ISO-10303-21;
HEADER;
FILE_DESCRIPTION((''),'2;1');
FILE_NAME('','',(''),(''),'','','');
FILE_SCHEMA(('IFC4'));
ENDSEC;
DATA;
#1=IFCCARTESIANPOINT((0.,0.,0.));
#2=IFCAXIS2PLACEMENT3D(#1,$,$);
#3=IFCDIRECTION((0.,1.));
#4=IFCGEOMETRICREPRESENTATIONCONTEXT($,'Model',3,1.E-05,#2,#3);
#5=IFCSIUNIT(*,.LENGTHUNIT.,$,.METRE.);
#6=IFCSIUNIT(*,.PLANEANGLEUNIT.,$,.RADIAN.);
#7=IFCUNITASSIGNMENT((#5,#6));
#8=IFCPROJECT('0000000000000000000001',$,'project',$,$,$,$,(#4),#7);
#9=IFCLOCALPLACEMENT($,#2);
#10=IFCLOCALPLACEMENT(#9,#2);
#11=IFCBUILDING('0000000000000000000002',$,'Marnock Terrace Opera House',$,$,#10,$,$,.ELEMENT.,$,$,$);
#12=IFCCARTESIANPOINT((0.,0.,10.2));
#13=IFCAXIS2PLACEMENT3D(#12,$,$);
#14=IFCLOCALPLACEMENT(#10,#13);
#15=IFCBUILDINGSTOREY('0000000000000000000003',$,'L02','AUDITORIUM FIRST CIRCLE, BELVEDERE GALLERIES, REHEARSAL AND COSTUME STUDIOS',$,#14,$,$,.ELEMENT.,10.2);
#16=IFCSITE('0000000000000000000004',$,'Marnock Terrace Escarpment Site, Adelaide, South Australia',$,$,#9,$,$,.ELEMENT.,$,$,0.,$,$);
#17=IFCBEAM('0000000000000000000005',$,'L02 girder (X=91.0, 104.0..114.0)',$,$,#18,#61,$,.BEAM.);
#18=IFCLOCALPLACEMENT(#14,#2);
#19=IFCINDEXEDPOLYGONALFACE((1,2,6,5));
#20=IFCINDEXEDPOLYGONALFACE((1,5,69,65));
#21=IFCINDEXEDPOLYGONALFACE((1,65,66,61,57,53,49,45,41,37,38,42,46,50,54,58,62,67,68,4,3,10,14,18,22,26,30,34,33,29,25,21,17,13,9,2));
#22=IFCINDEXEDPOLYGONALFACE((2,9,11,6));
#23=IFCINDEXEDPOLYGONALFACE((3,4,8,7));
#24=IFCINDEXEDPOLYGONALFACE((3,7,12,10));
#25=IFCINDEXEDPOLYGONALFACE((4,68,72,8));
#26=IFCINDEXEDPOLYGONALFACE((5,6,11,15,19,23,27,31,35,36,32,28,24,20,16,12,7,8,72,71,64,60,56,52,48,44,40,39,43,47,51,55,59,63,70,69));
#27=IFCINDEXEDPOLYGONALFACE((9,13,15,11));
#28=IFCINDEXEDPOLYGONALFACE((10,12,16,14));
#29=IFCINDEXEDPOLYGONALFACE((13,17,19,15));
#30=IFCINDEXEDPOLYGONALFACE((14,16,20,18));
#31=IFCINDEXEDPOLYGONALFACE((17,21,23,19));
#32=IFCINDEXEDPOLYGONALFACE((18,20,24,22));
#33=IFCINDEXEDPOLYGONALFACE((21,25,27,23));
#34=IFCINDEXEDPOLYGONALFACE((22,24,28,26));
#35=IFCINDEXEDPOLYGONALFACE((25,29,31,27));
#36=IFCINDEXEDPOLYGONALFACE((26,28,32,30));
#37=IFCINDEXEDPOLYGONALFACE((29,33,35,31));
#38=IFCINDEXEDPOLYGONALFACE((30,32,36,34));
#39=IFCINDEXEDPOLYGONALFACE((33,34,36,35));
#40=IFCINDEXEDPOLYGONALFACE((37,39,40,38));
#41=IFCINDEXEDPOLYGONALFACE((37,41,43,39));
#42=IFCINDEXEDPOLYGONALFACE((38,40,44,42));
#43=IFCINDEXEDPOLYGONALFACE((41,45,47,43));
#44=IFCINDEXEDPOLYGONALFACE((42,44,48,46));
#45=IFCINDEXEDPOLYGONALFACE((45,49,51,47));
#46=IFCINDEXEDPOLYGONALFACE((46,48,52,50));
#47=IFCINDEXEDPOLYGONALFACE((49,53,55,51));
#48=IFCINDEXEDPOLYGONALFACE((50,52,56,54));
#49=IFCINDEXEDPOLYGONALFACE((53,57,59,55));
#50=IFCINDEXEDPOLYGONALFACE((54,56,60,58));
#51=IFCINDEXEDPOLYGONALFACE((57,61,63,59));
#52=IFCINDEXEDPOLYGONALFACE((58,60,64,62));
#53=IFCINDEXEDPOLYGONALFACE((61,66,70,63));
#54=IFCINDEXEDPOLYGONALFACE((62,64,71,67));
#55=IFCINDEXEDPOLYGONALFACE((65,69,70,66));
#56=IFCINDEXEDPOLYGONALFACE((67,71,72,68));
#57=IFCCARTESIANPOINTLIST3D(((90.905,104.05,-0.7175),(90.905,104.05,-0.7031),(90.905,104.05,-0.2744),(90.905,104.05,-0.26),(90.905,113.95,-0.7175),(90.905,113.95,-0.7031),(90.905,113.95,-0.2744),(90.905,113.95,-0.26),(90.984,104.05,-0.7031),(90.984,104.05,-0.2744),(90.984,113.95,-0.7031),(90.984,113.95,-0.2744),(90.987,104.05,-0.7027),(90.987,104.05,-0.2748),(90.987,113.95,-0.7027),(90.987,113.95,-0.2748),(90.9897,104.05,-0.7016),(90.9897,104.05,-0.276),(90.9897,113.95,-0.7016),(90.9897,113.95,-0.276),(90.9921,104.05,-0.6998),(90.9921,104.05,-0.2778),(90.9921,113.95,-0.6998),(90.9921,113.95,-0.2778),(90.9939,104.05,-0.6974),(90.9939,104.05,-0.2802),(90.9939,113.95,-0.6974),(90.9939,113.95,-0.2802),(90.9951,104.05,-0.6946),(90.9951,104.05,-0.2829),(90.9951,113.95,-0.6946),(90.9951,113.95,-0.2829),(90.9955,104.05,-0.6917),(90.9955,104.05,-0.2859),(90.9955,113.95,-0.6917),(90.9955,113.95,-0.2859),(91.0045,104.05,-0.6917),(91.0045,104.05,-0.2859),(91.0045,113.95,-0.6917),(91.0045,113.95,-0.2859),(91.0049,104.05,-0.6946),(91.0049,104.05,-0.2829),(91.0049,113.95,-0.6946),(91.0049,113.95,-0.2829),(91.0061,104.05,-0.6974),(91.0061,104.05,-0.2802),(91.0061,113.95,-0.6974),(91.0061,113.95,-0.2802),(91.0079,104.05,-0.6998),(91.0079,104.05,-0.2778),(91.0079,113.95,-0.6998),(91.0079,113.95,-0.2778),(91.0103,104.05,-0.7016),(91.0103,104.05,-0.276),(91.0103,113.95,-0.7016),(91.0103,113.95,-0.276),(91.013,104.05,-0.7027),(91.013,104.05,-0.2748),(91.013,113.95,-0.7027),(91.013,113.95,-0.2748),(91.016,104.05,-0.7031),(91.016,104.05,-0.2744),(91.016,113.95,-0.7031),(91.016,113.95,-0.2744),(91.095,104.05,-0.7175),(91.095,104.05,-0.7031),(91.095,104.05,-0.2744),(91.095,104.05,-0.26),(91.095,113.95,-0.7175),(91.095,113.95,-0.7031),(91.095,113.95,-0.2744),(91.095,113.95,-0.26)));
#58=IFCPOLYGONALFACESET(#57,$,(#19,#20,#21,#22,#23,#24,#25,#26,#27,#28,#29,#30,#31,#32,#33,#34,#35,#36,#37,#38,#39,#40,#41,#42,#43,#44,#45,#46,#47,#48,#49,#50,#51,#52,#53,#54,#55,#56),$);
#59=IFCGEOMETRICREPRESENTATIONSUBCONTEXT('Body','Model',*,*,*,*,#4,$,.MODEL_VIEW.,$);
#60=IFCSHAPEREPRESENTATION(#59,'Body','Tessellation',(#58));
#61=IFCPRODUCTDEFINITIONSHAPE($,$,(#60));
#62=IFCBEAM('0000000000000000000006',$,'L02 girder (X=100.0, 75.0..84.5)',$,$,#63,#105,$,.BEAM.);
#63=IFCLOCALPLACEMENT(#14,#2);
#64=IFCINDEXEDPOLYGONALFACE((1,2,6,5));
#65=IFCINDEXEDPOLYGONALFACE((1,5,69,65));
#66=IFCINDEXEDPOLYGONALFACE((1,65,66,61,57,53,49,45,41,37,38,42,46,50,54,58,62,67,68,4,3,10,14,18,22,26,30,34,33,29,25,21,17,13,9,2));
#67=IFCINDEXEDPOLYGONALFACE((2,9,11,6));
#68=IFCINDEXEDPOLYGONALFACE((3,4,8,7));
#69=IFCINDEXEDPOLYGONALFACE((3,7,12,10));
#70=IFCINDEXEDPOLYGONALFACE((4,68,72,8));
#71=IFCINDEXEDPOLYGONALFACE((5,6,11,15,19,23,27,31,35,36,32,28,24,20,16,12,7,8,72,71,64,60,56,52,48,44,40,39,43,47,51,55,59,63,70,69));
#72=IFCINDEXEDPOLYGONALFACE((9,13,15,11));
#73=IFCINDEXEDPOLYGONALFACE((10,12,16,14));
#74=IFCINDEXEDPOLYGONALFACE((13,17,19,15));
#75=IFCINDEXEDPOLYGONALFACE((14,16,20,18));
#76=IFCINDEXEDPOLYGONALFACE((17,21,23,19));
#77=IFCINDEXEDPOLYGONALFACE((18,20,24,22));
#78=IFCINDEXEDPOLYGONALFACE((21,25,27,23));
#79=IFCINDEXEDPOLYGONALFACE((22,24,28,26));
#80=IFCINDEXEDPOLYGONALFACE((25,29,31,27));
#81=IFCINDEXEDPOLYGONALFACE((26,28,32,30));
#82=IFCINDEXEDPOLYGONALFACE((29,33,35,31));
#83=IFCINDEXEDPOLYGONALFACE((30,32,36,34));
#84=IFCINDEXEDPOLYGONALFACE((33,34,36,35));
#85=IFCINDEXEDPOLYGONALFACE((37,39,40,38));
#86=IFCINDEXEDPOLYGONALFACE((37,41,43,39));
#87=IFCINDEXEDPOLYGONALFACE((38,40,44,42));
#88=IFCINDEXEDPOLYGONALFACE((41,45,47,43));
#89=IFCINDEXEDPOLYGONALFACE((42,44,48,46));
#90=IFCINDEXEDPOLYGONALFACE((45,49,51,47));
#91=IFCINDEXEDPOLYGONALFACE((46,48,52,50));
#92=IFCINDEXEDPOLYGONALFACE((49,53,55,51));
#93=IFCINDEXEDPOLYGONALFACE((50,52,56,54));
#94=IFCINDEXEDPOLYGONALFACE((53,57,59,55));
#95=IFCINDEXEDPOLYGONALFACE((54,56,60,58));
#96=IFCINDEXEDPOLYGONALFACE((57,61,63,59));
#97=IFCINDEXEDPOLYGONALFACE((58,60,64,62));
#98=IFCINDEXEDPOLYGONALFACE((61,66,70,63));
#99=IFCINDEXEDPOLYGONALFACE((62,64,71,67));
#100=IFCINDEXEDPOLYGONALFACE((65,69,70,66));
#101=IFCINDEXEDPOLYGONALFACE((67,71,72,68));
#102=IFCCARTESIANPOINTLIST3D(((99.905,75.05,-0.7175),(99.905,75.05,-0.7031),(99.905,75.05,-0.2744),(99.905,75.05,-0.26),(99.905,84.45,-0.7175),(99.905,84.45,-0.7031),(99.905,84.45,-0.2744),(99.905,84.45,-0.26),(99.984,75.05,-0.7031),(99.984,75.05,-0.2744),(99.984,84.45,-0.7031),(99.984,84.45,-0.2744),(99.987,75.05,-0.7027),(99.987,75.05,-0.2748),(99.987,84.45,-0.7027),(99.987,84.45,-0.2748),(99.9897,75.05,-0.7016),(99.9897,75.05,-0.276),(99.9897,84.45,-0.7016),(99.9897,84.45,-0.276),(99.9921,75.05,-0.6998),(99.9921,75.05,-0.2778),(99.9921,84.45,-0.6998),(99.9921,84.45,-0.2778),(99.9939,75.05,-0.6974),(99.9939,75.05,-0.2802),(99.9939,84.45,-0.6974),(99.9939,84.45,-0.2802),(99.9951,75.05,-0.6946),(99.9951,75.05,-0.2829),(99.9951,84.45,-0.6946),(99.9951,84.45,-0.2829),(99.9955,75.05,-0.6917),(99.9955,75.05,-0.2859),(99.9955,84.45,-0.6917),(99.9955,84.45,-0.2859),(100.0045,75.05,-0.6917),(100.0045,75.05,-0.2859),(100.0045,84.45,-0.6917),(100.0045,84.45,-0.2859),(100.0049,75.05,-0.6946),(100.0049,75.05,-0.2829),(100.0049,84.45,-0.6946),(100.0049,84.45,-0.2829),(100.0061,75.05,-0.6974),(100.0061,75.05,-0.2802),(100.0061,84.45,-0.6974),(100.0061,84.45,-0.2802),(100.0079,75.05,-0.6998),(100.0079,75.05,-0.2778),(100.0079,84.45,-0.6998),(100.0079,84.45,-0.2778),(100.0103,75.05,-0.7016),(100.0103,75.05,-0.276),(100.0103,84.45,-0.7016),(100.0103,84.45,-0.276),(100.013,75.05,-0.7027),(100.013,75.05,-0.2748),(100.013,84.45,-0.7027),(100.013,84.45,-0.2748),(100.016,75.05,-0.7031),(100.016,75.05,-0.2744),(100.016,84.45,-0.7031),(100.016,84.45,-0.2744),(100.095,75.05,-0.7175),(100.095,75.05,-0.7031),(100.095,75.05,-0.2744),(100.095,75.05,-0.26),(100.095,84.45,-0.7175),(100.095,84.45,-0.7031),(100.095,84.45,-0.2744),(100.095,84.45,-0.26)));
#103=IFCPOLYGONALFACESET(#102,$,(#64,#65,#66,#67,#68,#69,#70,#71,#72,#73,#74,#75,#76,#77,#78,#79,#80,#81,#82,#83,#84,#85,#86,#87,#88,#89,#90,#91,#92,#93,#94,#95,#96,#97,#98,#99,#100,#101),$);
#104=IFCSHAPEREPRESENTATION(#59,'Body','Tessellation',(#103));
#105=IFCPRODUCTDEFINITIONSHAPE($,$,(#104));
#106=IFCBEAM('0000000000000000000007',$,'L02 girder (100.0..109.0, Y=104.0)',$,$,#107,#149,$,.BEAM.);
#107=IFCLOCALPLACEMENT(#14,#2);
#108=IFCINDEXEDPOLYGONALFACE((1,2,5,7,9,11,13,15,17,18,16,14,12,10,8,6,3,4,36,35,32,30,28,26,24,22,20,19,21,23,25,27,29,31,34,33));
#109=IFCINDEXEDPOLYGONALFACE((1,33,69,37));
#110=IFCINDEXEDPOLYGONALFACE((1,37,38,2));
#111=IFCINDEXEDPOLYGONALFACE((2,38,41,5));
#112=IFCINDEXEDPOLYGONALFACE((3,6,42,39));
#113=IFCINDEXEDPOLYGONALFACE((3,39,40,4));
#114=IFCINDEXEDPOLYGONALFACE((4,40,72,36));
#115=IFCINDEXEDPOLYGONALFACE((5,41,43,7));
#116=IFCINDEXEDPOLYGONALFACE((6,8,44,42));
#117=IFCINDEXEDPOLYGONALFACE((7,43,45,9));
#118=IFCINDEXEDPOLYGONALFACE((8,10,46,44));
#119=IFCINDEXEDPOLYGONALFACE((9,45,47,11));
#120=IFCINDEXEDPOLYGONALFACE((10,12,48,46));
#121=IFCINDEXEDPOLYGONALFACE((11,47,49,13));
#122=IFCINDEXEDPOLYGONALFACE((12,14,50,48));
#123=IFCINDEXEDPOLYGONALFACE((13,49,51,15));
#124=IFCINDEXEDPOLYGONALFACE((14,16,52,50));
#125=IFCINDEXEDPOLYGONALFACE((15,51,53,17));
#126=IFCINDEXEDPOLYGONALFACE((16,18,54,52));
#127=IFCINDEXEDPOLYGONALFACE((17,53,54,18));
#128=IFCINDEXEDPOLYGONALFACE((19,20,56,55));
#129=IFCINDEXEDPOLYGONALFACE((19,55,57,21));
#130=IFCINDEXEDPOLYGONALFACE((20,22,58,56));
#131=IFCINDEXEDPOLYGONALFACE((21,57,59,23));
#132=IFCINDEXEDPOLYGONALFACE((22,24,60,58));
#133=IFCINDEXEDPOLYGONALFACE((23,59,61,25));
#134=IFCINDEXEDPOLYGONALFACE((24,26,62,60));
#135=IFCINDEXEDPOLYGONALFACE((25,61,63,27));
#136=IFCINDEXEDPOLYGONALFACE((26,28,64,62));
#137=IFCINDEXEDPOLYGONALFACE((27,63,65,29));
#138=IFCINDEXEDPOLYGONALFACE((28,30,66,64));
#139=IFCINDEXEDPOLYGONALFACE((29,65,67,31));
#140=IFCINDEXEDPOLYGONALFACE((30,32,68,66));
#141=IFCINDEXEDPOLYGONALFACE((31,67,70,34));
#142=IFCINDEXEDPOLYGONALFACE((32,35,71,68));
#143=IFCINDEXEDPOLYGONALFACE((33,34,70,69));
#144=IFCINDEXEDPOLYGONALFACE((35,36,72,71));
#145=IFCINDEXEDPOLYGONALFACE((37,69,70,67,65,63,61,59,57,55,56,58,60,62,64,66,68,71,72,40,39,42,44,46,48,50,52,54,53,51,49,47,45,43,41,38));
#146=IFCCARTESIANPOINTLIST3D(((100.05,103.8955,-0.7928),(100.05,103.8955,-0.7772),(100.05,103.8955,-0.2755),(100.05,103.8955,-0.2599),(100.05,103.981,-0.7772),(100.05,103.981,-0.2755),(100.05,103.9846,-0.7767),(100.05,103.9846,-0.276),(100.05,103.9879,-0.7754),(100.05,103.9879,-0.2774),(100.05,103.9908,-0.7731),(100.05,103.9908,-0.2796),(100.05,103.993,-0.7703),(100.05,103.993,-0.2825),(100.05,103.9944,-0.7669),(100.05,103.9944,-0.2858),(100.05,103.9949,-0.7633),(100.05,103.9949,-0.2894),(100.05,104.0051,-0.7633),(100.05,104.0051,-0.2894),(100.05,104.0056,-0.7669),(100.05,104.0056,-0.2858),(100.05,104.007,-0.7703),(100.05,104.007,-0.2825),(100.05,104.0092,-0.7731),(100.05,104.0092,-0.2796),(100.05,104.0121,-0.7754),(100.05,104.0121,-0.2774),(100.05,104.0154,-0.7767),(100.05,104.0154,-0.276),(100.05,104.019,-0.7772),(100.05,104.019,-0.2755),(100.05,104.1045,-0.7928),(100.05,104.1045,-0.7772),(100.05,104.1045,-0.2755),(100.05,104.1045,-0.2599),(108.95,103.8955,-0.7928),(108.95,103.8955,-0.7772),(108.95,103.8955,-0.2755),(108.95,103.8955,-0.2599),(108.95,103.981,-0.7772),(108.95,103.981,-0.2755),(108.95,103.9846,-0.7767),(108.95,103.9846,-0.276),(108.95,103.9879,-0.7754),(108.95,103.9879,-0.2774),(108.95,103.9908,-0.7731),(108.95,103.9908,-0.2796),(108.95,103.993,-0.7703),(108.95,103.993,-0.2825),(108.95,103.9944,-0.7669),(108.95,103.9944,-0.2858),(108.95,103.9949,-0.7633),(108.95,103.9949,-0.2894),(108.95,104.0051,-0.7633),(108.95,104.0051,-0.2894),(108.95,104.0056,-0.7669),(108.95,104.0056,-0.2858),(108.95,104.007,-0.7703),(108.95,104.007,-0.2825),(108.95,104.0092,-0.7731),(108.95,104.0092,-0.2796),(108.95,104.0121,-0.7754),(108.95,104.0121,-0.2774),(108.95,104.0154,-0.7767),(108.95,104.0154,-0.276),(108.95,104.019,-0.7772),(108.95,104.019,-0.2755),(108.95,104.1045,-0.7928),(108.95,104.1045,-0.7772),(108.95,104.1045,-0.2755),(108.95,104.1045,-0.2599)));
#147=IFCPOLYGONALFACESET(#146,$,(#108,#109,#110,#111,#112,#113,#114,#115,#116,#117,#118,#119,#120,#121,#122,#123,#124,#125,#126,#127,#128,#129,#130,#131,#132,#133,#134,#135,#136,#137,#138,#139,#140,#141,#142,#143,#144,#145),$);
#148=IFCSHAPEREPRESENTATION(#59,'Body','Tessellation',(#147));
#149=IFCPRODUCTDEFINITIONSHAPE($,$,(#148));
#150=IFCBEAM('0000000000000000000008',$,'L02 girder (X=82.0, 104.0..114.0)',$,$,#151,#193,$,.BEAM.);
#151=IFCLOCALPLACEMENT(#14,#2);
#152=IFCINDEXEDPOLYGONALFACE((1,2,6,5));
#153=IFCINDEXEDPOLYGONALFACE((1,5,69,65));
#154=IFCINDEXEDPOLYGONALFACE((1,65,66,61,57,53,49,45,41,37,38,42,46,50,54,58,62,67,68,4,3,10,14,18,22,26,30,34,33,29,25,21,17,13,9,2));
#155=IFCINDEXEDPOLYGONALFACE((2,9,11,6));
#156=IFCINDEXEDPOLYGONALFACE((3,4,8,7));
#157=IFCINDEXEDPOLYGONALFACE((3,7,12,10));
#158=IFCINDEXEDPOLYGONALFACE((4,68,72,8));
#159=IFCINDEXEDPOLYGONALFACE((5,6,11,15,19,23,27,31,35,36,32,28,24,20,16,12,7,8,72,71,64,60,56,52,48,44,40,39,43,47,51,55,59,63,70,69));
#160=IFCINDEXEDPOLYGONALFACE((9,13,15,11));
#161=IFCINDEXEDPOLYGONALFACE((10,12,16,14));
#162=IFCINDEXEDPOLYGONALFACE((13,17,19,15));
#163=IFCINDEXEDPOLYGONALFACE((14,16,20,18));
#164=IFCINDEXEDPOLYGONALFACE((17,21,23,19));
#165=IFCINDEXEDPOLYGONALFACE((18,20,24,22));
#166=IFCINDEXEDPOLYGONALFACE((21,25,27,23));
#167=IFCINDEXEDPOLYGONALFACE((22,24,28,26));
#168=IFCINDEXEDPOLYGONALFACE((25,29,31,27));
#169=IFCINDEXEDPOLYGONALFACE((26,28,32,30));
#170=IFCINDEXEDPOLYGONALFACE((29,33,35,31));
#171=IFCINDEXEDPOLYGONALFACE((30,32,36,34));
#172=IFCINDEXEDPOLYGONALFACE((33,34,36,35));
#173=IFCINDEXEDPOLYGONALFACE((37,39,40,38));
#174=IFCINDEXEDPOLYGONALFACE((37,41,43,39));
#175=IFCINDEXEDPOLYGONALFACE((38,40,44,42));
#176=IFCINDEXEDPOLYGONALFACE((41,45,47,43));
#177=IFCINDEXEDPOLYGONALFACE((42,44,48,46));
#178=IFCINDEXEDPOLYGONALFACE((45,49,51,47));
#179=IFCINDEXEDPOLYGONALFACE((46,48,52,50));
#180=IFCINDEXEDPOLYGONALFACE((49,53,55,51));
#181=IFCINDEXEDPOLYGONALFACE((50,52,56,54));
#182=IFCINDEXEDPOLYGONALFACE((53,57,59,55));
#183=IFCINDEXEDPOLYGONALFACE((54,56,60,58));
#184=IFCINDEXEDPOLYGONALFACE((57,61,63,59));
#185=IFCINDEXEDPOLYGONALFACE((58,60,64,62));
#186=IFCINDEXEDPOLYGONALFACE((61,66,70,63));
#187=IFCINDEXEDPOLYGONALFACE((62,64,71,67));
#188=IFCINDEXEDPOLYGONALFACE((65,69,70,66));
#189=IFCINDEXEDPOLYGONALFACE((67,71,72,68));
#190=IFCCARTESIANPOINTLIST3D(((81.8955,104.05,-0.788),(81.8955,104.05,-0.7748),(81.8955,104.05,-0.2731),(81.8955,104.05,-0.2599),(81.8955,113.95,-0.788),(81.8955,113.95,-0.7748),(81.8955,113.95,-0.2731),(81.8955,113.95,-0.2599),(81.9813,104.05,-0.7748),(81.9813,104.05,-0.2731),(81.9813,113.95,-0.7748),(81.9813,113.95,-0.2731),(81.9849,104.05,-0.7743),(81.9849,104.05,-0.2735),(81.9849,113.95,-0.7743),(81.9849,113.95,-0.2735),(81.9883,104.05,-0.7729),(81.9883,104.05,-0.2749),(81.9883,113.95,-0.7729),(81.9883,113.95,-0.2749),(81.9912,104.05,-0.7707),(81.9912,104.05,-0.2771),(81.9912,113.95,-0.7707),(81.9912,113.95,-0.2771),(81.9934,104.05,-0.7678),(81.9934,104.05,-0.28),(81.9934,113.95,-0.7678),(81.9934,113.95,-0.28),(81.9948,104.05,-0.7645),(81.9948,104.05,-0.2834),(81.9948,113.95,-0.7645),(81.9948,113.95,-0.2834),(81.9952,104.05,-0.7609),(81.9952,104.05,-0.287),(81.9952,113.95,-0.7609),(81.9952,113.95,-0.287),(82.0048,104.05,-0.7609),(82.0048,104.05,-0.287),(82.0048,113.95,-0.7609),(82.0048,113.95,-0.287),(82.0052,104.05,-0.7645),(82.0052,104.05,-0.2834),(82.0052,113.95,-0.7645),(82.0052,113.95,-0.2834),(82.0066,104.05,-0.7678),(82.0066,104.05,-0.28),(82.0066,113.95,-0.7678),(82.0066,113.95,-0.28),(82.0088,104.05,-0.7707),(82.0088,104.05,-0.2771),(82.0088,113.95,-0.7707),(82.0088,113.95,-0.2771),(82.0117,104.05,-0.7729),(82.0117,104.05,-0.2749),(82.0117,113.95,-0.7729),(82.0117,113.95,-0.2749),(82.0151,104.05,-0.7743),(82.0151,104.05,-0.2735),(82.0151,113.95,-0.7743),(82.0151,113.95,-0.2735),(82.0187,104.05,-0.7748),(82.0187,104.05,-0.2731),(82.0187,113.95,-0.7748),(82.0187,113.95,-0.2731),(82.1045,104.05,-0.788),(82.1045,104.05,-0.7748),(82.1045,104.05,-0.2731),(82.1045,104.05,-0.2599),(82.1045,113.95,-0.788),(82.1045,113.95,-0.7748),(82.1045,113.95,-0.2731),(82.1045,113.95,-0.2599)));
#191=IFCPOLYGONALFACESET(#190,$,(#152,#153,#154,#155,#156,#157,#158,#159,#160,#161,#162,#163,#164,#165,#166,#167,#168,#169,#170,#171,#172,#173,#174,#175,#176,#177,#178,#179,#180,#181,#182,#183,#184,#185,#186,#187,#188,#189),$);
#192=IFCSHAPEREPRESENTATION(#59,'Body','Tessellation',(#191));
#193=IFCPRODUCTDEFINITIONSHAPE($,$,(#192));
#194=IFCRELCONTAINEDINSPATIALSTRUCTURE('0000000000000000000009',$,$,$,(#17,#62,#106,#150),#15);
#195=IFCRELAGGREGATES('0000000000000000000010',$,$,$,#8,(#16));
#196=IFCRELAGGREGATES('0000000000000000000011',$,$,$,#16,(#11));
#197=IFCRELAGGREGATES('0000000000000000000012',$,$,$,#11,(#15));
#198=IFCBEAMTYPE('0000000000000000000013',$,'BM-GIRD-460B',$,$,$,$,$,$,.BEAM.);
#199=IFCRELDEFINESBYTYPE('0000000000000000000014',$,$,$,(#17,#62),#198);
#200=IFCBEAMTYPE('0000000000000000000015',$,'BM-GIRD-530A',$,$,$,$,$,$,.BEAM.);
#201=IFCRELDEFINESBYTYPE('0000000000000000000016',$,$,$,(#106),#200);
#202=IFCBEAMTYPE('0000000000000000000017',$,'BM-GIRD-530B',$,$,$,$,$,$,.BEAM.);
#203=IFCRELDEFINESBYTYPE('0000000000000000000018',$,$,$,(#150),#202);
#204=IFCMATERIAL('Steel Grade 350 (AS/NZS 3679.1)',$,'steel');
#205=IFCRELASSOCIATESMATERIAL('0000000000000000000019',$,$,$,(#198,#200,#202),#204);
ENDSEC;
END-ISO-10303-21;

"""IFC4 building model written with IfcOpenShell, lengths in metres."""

from ifc_helpers import new_model, si_unit, direction, frame, origin, origin_2d, place, context, subcontext, project, spatial, i_section, extrude, material, material_profile, profile_set, type_object, element, save


model = new_model("IFC4")

# Units and contexts
model_context = context("Model", 3, precision=1e-05, world=origin(), true_north=direction((0.0, 1.0)))
body_context = subcontext(model_context, "Body", "Model", "MODEL_VIEW")
ifc_project = project(units=[si_unit("LENGTHUNIT", "METRE"), si_unit("PLANEANGLEUNIT", "RADIAN")], contexts=[model_context])

# Site, building, storey
site_placement = place(None, origin())
site = spatial("IfcSite", under=ifc_project, at=site_placement, Name="Marnock Terrace Escarpment Site, Adelaide, South Australia", CompositionType="ELEMENT", RefElevation=0.0)
building_placement = place(site_placement, origin())
building = spatial("IfcBuilding", under=site, at=building_placement, Name="Marnock Terrace Opera House", CompositionType="ELEMENT")
storey_placement = place(building_placement, frame((0.0, 0.0, 10.2)))
storey = spatial("IfcBuildingStorey", under=building, at=storey_placement, Name="L02", Description="AUDITORIUM FIRST CIRCLE, BELVEDERE GALLERIES, REHEARSAL AND COSTUME STUDIOS", CompositionType="ELEMENT", Elevation=10.2)

# Beams
ifc_material_1 = material(Name="Steel Grade 350 (AS/NZS 3679.1)", Category="steel")
ifc_material_profile_1 = material_profile(ifc_material_1, i_section(OverallWidth=0.1899, OverallDepth=0.4575, WebThickness=0.009, FlangeThickness=0.0144, FilletRadius=0.0115, at=origin_2d()))
ifc_profile_set_1 = profile_set([ifc_material_profile_1], Name="Steel Grade 350 (AS/NZS 3679.1)")
beam_type_1 = type_object("IfcBeamType", Name="BM-GIRD-460B", PredefinedType="BEAM", material=ifc_profile_set_1)
beam_1_placement = place(storey_placement, frame((91.0, 104.05, -0.4888), z_axis=(0.0, 1.0, 0.0), x_axis=(-1.0, 0.0, 0.0)))
element("IfcBeam", 1, at=beam_1_placement, inside=storey, type_object=beam_type_1, Name="L02 girder (X=91.0, 104.0..114.0)", PredefinedType="BEAM", context=body_context, shape_type="SweptSolid", body=[
    extrude(i_section(OverallWidth=0.1899, OverallDepth=0.4575, WebThickness=0.009, FlangeThickness=0.0144, FilletRadius=0.0115, at=origin_2d()), origin(), (0.0, 0.0, 1.0), 9.8999),
])
beam_2_placement = place(storey_placement, frame((100.0, 75.05, -0.4888), z_axis=(0.0, 1.0, 0.0), x_axis=(-1.0, 0.0, 0.0)))
element("IfcBeam", 2, at=beam_2_placement, inside=storey, type_object=beam_type_1, Name="L02 girder (X=100.0, 75.0..84.5)", PredefinedType="BEAM", context=body_context, shape_type="SweptSolid", body=[
    extrude(i_section(OverallWidth=0.1899, OverallDepth=0.4575, WebThickness=0.009, FlangeThickness=0.0144, FilletRadius=0.0115, at=origin_2d()), origin(), (0.0, 0.0, 1.0), 9.3999),
])
ifc_material_profile_2 = material_profile(ifc_material_1, i_section(OverallWidth=0.209, OverallDepth=0.533, WebThickness=0.0103, FlangeThickness=0.0156, FilletRadius=0.0139, at=origin_2d()))
ifc_profile_set_2 = profile_set([ifc_material_profile_2], Name="Steel Grade 350 (AS/NZS 3679.1)")
beam_type_2 = type_object("IfcBeamType", Name="BM-GIRD-530A", PredefinedType="BEAM", material=ifc_profile_set_2)
beam_3_placement = place(storey_placement, frame((100.05, 104.0, -0.5264), z_axis=(1.0, 0.0, 0.0), x_axis=(0.0, 1.0, 0.0)))
element("IfcBeam", 3, at=beam_3_placement, inside=storey, type_object=beam_type_2, Name="L02 girder (100.0..109.0, Y=104.0)", PredefinedType="BEAM", context=body_context, shape_type="SweptSolid", body=[
    extrude(i_section(OverallWidth=0.209, OverallDepth=0.533, WebThickness=0.0103, FlangeThickness=0.0156, FilletRadius=0.0139, at=origin_2d()), origin(), (0.0, 0.0, 1.0), 8.8999),
])
ifc_material_profile_3 = material_profile(ifc_material_1, i_section(OverallWidth=0.209, OverallDepth=0.5281, WebThickness=0.0095, FlangeThickness=0.0132, FilletRadius=0.0139, at=origin_2d()))
ifc_profile_set_3 = profile_set([ifc_material_profile_3], Name="Steel Grade 350 (AS/NZS 3679.1)")
beam_type_3 = type_object("IfcBeamType", Name="BM-GIRD-530B", PredefinedType="BEAM", material=ifc_profile_set_3)
beam_4_placement = place(storey_placement, frame((82.0, 104.05, -0.5239), z_axis=(0.0, 1.0, 0.0), x_axis=(-1.0, 0.0, 0.0)))
element("IfcBeam", 4, at=beam_4_placement, inside=storey, type_object=beam_type_3, Name="L02 girder (X=82.0, 104.0..114.0)", PredefinedType="BEAM", context=body_context, shape_type="SweptSolid", body=[
    extrude(i_section(OverallWidth=0.209, OverallDepth=0.5281, WebThickness=0.0095, FlangeThickness=0.0132, FilletRadius=0.0139, at=origin_2d()), origin(), (0.0, 0.0, 1.0), 9.8999),
])

save(model, "model.ifc")
